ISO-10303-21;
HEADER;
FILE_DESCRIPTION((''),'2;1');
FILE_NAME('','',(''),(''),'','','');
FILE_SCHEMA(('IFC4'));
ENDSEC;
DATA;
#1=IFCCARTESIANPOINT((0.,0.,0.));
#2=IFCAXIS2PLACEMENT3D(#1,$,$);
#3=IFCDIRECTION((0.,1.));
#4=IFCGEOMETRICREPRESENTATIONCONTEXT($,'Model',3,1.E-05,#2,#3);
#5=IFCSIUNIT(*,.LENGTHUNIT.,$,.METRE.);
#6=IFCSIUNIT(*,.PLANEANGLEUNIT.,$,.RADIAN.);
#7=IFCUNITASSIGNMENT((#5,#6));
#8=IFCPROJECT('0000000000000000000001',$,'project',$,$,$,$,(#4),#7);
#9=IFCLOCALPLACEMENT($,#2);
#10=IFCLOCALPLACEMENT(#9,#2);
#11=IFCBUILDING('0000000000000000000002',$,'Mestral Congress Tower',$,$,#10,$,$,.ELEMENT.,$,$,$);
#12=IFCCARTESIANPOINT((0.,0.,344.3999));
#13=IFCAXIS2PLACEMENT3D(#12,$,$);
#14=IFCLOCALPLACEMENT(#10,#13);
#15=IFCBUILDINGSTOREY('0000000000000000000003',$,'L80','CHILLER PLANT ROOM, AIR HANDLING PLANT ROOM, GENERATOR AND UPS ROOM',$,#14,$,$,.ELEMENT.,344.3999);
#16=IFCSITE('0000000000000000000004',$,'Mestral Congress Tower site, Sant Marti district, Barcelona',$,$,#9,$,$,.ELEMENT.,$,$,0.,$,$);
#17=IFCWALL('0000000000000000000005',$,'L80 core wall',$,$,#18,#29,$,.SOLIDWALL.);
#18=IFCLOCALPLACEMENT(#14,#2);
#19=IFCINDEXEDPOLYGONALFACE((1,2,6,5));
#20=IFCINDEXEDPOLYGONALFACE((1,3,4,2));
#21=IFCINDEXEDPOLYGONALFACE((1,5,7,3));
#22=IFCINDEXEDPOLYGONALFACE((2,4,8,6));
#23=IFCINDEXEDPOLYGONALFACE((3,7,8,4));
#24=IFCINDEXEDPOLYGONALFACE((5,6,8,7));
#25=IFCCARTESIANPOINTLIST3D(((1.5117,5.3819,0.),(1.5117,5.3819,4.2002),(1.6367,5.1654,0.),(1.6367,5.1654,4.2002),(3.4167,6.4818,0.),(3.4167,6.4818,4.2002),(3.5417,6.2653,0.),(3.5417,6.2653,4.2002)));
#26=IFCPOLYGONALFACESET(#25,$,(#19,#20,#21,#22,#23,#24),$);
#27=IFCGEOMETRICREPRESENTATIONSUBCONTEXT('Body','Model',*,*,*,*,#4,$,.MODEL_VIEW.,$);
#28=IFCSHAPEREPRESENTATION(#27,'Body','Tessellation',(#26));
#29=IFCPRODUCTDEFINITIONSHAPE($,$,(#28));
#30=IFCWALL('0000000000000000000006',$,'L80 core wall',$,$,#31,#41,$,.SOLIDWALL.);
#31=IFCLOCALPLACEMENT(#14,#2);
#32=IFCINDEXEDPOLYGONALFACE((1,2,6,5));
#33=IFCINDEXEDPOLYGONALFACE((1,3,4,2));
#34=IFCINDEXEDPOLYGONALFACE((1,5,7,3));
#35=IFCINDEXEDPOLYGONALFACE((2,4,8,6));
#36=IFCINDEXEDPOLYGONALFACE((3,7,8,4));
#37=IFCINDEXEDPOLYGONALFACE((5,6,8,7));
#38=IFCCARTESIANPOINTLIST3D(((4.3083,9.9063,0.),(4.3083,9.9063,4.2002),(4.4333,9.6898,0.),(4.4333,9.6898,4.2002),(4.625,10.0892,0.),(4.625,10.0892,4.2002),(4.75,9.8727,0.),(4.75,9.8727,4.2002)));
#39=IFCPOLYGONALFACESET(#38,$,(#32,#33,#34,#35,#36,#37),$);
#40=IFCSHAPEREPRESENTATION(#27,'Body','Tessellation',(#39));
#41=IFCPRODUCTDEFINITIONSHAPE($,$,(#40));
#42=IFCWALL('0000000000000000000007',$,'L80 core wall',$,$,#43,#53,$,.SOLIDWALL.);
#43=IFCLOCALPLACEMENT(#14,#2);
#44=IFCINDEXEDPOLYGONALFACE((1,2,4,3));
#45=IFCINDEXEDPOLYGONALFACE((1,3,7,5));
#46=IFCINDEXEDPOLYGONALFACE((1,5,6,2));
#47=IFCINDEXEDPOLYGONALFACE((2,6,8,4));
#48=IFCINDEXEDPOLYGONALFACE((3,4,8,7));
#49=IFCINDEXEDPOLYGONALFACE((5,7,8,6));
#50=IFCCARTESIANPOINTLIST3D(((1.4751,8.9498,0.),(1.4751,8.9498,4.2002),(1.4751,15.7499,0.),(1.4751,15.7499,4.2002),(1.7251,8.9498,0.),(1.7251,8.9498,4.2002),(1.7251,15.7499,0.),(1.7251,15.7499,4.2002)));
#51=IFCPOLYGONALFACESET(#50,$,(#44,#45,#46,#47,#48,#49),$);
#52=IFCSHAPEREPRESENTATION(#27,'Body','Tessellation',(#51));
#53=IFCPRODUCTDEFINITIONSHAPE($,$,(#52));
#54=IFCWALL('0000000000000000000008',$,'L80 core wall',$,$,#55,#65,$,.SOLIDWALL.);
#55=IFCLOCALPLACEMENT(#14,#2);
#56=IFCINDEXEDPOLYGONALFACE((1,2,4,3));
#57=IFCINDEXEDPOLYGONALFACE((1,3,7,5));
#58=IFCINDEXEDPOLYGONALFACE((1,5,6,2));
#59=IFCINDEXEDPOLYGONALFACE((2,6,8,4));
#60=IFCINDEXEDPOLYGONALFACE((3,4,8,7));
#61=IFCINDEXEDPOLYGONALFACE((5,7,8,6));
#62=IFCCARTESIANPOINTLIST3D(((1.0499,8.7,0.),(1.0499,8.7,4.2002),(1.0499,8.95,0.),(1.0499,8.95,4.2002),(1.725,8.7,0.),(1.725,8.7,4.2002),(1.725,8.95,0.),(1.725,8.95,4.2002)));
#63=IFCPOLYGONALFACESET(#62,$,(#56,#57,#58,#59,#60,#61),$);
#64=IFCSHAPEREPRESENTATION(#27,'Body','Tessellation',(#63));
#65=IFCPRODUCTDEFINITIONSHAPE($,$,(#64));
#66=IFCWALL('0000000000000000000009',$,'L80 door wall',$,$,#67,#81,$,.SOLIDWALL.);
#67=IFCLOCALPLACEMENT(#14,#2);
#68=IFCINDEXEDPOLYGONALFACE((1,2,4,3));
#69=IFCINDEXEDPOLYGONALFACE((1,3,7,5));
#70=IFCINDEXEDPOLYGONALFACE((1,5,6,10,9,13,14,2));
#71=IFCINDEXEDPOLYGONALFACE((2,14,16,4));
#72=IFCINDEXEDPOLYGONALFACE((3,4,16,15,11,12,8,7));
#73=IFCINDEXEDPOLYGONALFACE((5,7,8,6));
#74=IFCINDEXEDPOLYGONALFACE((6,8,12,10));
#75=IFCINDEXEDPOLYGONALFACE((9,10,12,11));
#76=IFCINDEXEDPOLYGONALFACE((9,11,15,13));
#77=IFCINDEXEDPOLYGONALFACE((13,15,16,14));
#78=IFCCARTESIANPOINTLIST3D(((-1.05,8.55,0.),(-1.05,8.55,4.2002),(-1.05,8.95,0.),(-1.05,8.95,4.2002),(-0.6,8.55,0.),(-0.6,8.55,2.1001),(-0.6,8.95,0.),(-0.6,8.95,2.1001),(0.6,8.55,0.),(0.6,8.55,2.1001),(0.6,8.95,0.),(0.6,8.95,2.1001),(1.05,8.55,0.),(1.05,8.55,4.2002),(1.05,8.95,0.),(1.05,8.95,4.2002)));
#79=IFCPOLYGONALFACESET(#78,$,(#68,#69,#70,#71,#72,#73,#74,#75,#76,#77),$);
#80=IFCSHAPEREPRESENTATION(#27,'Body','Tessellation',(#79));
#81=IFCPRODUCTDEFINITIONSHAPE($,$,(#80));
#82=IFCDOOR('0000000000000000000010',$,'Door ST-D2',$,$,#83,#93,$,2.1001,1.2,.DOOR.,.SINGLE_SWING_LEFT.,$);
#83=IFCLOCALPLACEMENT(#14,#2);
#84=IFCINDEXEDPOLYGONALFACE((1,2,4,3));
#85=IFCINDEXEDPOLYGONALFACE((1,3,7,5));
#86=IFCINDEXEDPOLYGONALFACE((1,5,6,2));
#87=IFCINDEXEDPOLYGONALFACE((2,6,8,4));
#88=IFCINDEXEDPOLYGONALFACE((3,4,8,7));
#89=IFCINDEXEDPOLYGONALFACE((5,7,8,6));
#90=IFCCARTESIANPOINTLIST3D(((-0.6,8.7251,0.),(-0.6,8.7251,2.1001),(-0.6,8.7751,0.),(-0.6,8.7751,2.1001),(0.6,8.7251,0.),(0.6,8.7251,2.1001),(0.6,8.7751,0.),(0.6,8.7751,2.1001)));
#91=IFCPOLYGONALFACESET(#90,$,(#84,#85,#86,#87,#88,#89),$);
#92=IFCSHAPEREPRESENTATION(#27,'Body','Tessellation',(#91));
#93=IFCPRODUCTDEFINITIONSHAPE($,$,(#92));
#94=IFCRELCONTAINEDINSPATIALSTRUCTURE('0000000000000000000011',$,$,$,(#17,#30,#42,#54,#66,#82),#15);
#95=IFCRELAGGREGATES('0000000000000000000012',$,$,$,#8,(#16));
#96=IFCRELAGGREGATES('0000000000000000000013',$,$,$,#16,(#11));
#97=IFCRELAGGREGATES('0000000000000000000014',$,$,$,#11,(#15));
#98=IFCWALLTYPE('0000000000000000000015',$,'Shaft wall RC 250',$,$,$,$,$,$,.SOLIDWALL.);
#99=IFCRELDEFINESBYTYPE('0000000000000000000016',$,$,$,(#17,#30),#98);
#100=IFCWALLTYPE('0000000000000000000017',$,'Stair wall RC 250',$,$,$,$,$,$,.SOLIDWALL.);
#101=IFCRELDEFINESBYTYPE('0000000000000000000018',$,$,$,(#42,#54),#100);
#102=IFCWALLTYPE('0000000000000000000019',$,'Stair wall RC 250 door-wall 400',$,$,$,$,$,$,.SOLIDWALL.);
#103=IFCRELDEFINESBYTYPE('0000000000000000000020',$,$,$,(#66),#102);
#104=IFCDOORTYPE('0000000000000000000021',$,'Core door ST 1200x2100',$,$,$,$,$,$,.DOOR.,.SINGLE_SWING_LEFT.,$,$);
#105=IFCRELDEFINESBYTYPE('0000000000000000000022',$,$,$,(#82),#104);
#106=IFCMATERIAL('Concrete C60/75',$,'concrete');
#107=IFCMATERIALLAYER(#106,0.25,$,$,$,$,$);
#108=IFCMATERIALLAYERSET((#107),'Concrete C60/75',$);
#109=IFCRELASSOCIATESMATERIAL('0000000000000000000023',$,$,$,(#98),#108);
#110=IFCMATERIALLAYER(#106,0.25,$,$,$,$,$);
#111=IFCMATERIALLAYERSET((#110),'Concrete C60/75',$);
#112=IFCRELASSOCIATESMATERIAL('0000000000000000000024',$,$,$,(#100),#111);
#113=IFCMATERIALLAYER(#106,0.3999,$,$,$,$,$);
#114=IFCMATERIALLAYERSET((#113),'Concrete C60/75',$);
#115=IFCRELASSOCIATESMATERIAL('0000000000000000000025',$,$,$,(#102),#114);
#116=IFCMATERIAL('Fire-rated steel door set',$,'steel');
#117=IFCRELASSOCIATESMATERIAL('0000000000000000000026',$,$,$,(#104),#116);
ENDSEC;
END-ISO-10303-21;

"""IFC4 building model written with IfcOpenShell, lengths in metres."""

from ifc_helpers import new_model, si_unit, direction, frame, frame_2d, origin, place, context, subcontext, project, spatial, rectangle, extrude, material, layer, layer_set, type_object, element, fill, save


model = new_model("IFC4")

# Units and contexts
model_context = context("Model", 3, precision=1e-05, world=origin(), true_north=direction((0.0, 1.0)))
body_context = subcontext(model_context, "Body", "Model", "MODEL_VIEW")
ifc_project = project(units=[si_unit("LENGTHUNIT", "METRE"), si_unit("PLANEANGLEUNIT", "RADIAN")], contexts=[model_context])

# Site, building, storey
site_placement = place(None, origin())
site = spatial("IfcSite", under=ifc_project, at=site_placement, Name="Mestral Congress Tower site, Sant Marti district, Barcelona", CompositionType="ELEMENT", RefElevation=0.0)
building_placement = place(site_placement, origin())
building = spatial("IfcBuilding", under=site, at=building_placement, Name="Mestral Congress Tower", CompositionType="ELEMENT")
storey_placement = place(building_placement, frame((0.0, 0.0, 344.3999)))
storey = spatial("IfcBuildingStorey", under=building, at=storey_placement, Name="L80", Description="CHILLER PLANT ROOM, AIR HANDLING PLANT ROOM, GENERATOR AND UPS ROOM", CompositionType="ELEMENT", Elevation=344.3999)

# Shared definitions
ifc_material_1 = material(Name="Fire-rated steel door set", Category="steel")

# Shared definitions
ifc_material_2 = material(Name="Concrete C60/75", Category="concrete")

# Walls
ifc_layer_1 = layer(ifc_material_2, 0.25)
ifc_layer_set_1 = layer_set([ifc_layer_1], Name="Concrete C60/75")
wall_type_1 = type_object("IfcWallType", Name="Shaft wall RC 250", PredefinedType="SOLIDWALL", material=ifc_layer_set_1)
wall_1_placement = place(storey_placement, frame((1.5742, 5.2737, 0.0), z_axis=(0.0, 0.0, 1.0), x_axis=(0.866028, 0.499995, 0.0)))
element("IfcWall", 1, at=wall_1_placement, inside=storey, type_object=wall_type_1, Name="L80 core wall", PredefinedType="SOLIDWALL", context=body_context, shape_type="SweptSolid", body=[
    extrude(rectangle(XDim=2.1997, YDim=0.25, at=frame_2d((1.0999, 0.0))), origin(), (0.0, 0.0, 1.0), 4.2002),
])
wall_2_placement = place(storey_placement, frame((4.6875, 9.981, 0.0), z_axis=(0.0, 0.0, 1.0), x_axis=(-0.865974, -0.500088, 0.0)))
element("IfcWall", 2, at=wall_2_placement, inside=storey, type_object=wall_type_1, Name="L80 core wall", PredefinedType="SOLIDWALL", context=body_context, shape_type="SweptSolid", body=[
    extrude(rectangle(XDim=0.3657, YDim=0.25, at=frame_2d((0.1829, 0.0))), origin(), (0.0, 0.0, 1.0), 4.2002),
])
ifc_layer_2 = layer(ifc_material_2, 0.25)
ifc_layer_set_2 = layer_set([ifc_layer_2], Name="Concrete C60/75")
wall_type_2 = type_object("IfcWallType", Name="Stair wall RC 250", PredefinedType="SOLIDWALL", material=ifc_layer_set_2)
wall_3_placement = place(storey_placement, frame((1.6001, 8.95, 0.0), z_axis=(0.0, 0.0, 1.0), x_axis=(0.0, 1.0, 0.0)))
element("IfcWall", 3, at=wall_3_placement, inside=storey, type_object=wall_type_2, Name="L80 core wall", PredefinedType="SOLIDWALL", context=body_context, shape_type="SweptSolid", body=[
    extrude(rectangle(XDim=6.8, YDim=0.25, at=frame_2d((3.3999, 0.0))), origin(), (0.0, 0.0, 1.0), 4.2002),
])
wall_4_placement = place(storey_placement, frame((1.05, 8.825, 0.0), z_axis=(0.0, 0.0, 1.0), x_axis=(1.0, 0.0, 0.0)))
element("IfcWall", 4, at=wall_4_placement, inside=storey, type_object=wall_type_2, Name="L80 core wall", PredefinedType="SOLIDWALL", context=body_context, shape_type="SweptSolid", body=[
    extrude(rectangle(XDim=0.675, YDim=0.25, at=frame_2d((0.3374, 0.0))), origin(), (0.0, 0.0, 1.0), 4.2002),
])

# Wall, opening, door
ifc_layer_3 = layer(ifc_material_2, 0.3999)
ifc_layer_set_3 = layer_set([ifc_layer_3], Name="Concrete C60/75")
wall_type_3 = type_object("IfcWallType", Name="Stair wall RC 250 door-wall 400", PredefinedType="SOLIDWALL", material=ifc_layer_set_3)
wall_5_placement = place(storey_placement, frame((1.05, 8.75, 0.0), z_axis=(0.0, 0.0, 1.0), x_axis=(-1.0, 0.0, 0.0)))
wall_5 = element("IfcWall", 5, at=wall_5_placement, inside=storey, type_object=wall_type_3, Name="L80 door wall", PredefinedType="SOLIDWALL", context=body_context, shape_type="SweptSolid", body=[
    extrude(rectangle(XDim=2.1001, YDim=0.3999, at=frame_2d((1.05, 0.0))), origin(), (0.0, 0.0, 1.0), 4.2002),
])
opening_1_placement = place(wall_5_placement, frame((0.45, 0.0, 0.0)))
opening_1 = element("IfcOpeningElement", 6, at=opening_1_placement, cuts=wall_5, PredefinedType="OPENING", context=body_context, shape_type="SweptSolid", body=[
    extrude(rectangle(XDim=1.2, YDim=2.1001, at=frame_2d((0.6001, 1.05))), frame((0.0, 0.21, 0.0), z_axis=(0.0, -1.0, 0.0), x_axis=(1.0, 0.0, 0.0)), (0.0, 0.0, 1.0), 0.4199),
])
door_type_1 = type_object("IfcDoorType", Name="Core door ST 1200x2100", OperationType="SINGLE_SWING_LEFT", PredefinedType="DOOR", material=ifc_material_1)
door_1_placement = place(opening_1_placement, origin())
door_1 = element("IfcDoor", 7, at=door_1_placement, inside=storey, type_object=door_type_1, Name="Door ST-D2", OperationType="SINGLE_SWING_LEFT", OverallHeight=2.1001, OverallWidth=1.2, PredefinedType="DOOR", context=body_context, shape_type="SweptSolid", body=[
    extrude(rectangle(XDim=1.2, YDim=2.1001, at=frame_2d((0.6001, 1.05))), frame((0.0, 0.0249, 0.0), z_axis=(0.0, -1.0, 0.0), x_axis=(1.0, 0.0, 0.0)), (0.0, 0.0, 1.0), 0.05),
])
fill(opening_1, door_1)

save(model, "model.ifc")
